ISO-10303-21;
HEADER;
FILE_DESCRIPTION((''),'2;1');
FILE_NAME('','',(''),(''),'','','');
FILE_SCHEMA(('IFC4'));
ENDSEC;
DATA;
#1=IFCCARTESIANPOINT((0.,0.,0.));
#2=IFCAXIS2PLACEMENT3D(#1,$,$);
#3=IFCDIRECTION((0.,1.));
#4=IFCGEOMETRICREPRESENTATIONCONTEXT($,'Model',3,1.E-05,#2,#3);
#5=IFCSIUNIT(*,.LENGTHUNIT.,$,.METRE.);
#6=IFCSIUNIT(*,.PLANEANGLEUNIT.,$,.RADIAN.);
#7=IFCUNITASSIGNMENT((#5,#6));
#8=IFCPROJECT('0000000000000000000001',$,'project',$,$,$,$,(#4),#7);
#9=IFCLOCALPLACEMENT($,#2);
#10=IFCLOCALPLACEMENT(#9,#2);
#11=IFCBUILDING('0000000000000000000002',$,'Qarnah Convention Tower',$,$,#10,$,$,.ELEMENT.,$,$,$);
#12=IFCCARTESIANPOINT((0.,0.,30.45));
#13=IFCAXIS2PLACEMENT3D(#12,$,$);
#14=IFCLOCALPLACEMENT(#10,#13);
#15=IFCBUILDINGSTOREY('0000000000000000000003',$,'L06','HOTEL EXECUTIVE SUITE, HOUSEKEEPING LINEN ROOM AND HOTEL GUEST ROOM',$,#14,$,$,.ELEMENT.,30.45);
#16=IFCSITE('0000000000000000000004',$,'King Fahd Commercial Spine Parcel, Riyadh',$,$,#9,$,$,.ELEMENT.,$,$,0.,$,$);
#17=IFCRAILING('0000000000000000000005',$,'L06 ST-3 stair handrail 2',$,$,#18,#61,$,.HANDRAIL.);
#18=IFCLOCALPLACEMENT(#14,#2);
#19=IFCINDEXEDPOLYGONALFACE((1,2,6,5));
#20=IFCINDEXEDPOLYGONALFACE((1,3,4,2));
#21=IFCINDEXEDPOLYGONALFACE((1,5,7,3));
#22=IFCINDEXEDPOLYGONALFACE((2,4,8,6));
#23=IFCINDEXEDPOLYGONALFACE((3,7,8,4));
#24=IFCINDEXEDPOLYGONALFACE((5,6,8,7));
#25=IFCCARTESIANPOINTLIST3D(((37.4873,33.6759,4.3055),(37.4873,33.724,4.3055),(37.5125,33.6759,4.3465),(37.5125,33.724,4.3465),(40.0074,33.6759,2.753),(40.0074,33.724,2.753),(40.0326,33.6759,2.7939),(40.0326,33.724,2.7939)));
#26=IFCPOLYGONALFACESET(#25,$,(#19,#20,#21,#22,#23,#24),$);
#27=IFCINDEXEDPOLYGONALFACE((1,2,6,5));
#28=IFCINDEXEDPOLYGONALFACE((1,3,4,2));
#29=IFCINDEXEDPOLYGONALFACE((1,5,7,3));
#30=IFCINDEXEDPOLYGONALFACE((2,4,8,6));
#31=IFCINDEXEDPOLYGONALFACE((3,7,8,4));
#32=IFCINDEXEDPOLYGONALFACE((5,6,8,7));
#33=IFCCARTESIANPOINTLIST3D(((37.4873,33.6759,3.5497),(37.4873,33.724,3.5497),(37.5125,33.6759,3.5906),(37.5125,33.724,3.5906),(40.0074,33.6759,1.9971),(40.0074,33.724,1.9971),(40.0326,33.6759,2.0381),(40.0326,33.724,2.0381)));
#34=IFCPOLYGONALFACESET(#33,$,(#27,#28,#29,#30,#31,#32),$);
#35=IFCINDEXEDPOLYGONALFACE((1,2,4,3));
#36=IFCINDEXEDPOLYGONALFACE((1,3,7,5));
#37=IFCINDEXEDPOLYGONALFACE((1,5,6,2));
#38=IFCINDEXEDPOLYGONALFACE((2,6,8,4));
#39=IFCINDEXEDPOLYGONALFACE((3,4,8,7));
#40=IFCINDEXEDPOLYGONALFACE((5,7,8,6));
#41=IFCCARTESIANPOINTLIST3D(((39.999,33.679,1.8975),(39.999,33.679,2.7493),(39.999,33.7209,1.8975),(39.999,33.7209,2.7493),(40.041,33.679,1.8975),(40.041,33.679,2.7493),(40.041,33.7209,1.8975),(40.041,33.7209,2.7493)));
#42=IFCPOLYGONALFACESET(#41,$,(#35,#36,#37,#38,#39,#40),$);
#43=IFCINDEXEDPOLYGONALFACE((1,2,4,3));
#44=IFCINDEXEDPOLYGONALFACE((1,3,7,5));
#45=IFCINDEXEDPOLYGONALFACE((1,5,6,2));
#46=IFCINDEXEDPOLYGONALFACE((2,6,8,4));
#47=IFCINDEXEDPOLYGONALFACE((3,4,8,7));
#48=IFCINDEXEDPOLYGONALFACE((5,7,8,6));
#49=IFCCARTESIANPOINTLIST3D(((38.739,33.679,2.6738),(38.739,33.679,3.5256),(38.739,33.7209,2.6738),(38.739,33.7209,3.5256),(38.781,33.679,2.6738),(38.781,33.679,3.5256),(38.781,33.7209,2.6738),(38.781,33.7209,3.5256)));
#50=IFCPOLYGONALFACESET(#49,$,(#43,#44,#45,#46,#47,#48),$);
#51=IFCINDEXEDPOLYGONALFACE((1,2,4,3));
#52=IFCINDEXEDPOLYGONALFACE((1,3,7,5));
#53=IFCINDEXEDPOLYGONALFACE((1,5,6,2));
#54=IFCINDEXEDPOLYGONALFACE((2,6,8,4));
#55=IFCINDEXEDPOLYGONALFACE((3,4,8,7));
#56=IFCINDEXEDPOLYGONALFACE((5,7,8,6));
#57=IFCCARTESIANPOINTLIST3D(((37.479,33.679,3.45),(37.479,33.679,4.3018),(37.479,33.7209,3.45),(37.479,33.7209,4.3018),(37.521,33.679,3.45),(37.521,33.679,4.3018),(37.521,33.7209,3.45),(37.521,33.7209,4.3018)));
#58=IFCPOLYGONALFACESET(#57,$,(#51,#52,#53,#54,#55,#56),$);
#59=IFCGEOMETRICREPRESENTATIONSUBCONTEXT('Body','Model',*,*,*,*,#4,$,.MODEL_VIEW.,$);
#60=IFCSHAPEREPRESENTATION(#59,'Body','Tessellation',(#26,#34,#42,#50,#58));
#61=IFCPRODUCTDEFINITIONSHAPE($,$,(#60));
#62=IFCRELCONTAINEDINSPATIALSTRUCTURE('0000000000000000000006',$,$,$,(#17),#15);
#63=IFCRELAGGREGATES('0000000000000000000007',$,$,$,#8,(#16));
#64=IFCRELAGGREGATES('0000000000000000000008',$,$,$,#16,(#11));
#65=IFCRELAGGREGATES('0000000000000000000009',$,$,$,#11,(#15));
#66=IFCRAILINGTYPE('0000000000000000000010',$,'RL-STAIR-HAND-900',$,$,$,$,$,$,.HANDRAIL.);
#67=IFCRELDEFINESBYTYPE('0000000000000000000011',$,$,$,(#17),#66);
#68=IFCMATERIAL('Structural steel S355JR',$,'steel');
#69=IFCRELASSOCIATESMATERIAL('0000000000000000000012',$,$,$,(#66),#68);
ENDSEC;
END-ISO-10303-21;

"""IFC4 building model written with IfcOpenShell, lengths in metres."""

from ifc_helpers import new_model, si_unit, direction, frame, origin, origin_2d, place, context, subcontext, project, spatial, rectangle, extrude, material, type_object, element, save


model = new_model("IFC4")

# Units and contexts
model_context = context("Model", 3, precision=1e-05, world=origin(), true_north=direction((0.0, 1.0)))
body_context = subcontext(model_context, "Body", "Model", "MODEL_VIEW")
ifc_project = project(units=[si_unit("LENGTHUNIT", "METRE"), si_unit("PLANEANGLEUNIT", "RADIAN")], contexts=[model_context])

# Site, building, storey
site_placement = place(None, origin())
site = spatial("IfcSite", under=ifc_project, at=site_placement, Name="King Fahd Commercial Spine Parcel, Riyadh", CompositionType="ELEMENT", RefElevation=0.0)
building_placement = place(site_placement, origin())
building = spatial("IfcBuilding", under=site, at=building_placement, Name="Qarnah Convention Tower", CompositionType="ELEMENT")
storey_placement = place(building_placement, frame((0.0, 0.0, 30.45)))
storey = spatial("IfcBuildingStorey", under=building, at=storey_placement, Name="L06", Description="HOTEL EXECUTIVE SUITE, HOUSEKEEPING LINEN ROOM AND HOTEL GUEST ROOM", CompositionType="ELEMENT", Elevation=30.45)

# Shared definitions
ifc_material_1 = material(Name="Structural steel S355JR", Category="steel")

# Railing
railing_type_1 = type_object("IfcRailingType", Name="RL-STAIR-HAND-900", PredefinedType="HANDRAIL", material=ifc_material_1)
railing_1_placement = place(storey_placement, frame((40.02, 33.7, 1.8975)))
element("IfcRailing", 1, at=railing_1_placement, inside=storey, type_object=railing_type_1, Name="L06 ST-3 stair handrail 2", PredefinedType="HANDRAIL", context=body_context, shape_type="SweptSolid", body=[
    extrude(rectangle(XDim=0.0481, YDim=0.0481, at=origin_2d()), frame((0.0, 0.0, 0.876), z_axis=(-0.8514, 0.0, 0.524516), x_axis=(0.0, -1.0, 0.0)), (0.0, 0.0, 1.0), 2.96),
    extrude(rectangle(XDim=0.0481, YDim=0.0481, at=origin_2d()), frame((0.0, 0.0, 0.1201), z_axis=(-0.8514, 0.0, 0.524516), x_axis=(0.0, -1.0, 0.0)), (0.0, 0.0, 1.0), 2.96),
    extrude(rectangle(XDim=0.042, YDim=0.042, at=origin_2d()), origin(), (0.0, 0.0, 1.0), 0.8518),
    extrude(rectangle(XDim=0.042, YDim=0.042, at=origin_2d()), frame((-1.26, 0.0, 0.7764)), (0.0, 0.0, 1.0), 0.8518),
    extrude(rectangle(XDim=0.042, YDim=0.042, at=origin_2d()), frame((-2.52, 0.0, 1.5525)), (0.0, 0.0, 1.0), 0.8518),
])

save(model, "model.ifc")
